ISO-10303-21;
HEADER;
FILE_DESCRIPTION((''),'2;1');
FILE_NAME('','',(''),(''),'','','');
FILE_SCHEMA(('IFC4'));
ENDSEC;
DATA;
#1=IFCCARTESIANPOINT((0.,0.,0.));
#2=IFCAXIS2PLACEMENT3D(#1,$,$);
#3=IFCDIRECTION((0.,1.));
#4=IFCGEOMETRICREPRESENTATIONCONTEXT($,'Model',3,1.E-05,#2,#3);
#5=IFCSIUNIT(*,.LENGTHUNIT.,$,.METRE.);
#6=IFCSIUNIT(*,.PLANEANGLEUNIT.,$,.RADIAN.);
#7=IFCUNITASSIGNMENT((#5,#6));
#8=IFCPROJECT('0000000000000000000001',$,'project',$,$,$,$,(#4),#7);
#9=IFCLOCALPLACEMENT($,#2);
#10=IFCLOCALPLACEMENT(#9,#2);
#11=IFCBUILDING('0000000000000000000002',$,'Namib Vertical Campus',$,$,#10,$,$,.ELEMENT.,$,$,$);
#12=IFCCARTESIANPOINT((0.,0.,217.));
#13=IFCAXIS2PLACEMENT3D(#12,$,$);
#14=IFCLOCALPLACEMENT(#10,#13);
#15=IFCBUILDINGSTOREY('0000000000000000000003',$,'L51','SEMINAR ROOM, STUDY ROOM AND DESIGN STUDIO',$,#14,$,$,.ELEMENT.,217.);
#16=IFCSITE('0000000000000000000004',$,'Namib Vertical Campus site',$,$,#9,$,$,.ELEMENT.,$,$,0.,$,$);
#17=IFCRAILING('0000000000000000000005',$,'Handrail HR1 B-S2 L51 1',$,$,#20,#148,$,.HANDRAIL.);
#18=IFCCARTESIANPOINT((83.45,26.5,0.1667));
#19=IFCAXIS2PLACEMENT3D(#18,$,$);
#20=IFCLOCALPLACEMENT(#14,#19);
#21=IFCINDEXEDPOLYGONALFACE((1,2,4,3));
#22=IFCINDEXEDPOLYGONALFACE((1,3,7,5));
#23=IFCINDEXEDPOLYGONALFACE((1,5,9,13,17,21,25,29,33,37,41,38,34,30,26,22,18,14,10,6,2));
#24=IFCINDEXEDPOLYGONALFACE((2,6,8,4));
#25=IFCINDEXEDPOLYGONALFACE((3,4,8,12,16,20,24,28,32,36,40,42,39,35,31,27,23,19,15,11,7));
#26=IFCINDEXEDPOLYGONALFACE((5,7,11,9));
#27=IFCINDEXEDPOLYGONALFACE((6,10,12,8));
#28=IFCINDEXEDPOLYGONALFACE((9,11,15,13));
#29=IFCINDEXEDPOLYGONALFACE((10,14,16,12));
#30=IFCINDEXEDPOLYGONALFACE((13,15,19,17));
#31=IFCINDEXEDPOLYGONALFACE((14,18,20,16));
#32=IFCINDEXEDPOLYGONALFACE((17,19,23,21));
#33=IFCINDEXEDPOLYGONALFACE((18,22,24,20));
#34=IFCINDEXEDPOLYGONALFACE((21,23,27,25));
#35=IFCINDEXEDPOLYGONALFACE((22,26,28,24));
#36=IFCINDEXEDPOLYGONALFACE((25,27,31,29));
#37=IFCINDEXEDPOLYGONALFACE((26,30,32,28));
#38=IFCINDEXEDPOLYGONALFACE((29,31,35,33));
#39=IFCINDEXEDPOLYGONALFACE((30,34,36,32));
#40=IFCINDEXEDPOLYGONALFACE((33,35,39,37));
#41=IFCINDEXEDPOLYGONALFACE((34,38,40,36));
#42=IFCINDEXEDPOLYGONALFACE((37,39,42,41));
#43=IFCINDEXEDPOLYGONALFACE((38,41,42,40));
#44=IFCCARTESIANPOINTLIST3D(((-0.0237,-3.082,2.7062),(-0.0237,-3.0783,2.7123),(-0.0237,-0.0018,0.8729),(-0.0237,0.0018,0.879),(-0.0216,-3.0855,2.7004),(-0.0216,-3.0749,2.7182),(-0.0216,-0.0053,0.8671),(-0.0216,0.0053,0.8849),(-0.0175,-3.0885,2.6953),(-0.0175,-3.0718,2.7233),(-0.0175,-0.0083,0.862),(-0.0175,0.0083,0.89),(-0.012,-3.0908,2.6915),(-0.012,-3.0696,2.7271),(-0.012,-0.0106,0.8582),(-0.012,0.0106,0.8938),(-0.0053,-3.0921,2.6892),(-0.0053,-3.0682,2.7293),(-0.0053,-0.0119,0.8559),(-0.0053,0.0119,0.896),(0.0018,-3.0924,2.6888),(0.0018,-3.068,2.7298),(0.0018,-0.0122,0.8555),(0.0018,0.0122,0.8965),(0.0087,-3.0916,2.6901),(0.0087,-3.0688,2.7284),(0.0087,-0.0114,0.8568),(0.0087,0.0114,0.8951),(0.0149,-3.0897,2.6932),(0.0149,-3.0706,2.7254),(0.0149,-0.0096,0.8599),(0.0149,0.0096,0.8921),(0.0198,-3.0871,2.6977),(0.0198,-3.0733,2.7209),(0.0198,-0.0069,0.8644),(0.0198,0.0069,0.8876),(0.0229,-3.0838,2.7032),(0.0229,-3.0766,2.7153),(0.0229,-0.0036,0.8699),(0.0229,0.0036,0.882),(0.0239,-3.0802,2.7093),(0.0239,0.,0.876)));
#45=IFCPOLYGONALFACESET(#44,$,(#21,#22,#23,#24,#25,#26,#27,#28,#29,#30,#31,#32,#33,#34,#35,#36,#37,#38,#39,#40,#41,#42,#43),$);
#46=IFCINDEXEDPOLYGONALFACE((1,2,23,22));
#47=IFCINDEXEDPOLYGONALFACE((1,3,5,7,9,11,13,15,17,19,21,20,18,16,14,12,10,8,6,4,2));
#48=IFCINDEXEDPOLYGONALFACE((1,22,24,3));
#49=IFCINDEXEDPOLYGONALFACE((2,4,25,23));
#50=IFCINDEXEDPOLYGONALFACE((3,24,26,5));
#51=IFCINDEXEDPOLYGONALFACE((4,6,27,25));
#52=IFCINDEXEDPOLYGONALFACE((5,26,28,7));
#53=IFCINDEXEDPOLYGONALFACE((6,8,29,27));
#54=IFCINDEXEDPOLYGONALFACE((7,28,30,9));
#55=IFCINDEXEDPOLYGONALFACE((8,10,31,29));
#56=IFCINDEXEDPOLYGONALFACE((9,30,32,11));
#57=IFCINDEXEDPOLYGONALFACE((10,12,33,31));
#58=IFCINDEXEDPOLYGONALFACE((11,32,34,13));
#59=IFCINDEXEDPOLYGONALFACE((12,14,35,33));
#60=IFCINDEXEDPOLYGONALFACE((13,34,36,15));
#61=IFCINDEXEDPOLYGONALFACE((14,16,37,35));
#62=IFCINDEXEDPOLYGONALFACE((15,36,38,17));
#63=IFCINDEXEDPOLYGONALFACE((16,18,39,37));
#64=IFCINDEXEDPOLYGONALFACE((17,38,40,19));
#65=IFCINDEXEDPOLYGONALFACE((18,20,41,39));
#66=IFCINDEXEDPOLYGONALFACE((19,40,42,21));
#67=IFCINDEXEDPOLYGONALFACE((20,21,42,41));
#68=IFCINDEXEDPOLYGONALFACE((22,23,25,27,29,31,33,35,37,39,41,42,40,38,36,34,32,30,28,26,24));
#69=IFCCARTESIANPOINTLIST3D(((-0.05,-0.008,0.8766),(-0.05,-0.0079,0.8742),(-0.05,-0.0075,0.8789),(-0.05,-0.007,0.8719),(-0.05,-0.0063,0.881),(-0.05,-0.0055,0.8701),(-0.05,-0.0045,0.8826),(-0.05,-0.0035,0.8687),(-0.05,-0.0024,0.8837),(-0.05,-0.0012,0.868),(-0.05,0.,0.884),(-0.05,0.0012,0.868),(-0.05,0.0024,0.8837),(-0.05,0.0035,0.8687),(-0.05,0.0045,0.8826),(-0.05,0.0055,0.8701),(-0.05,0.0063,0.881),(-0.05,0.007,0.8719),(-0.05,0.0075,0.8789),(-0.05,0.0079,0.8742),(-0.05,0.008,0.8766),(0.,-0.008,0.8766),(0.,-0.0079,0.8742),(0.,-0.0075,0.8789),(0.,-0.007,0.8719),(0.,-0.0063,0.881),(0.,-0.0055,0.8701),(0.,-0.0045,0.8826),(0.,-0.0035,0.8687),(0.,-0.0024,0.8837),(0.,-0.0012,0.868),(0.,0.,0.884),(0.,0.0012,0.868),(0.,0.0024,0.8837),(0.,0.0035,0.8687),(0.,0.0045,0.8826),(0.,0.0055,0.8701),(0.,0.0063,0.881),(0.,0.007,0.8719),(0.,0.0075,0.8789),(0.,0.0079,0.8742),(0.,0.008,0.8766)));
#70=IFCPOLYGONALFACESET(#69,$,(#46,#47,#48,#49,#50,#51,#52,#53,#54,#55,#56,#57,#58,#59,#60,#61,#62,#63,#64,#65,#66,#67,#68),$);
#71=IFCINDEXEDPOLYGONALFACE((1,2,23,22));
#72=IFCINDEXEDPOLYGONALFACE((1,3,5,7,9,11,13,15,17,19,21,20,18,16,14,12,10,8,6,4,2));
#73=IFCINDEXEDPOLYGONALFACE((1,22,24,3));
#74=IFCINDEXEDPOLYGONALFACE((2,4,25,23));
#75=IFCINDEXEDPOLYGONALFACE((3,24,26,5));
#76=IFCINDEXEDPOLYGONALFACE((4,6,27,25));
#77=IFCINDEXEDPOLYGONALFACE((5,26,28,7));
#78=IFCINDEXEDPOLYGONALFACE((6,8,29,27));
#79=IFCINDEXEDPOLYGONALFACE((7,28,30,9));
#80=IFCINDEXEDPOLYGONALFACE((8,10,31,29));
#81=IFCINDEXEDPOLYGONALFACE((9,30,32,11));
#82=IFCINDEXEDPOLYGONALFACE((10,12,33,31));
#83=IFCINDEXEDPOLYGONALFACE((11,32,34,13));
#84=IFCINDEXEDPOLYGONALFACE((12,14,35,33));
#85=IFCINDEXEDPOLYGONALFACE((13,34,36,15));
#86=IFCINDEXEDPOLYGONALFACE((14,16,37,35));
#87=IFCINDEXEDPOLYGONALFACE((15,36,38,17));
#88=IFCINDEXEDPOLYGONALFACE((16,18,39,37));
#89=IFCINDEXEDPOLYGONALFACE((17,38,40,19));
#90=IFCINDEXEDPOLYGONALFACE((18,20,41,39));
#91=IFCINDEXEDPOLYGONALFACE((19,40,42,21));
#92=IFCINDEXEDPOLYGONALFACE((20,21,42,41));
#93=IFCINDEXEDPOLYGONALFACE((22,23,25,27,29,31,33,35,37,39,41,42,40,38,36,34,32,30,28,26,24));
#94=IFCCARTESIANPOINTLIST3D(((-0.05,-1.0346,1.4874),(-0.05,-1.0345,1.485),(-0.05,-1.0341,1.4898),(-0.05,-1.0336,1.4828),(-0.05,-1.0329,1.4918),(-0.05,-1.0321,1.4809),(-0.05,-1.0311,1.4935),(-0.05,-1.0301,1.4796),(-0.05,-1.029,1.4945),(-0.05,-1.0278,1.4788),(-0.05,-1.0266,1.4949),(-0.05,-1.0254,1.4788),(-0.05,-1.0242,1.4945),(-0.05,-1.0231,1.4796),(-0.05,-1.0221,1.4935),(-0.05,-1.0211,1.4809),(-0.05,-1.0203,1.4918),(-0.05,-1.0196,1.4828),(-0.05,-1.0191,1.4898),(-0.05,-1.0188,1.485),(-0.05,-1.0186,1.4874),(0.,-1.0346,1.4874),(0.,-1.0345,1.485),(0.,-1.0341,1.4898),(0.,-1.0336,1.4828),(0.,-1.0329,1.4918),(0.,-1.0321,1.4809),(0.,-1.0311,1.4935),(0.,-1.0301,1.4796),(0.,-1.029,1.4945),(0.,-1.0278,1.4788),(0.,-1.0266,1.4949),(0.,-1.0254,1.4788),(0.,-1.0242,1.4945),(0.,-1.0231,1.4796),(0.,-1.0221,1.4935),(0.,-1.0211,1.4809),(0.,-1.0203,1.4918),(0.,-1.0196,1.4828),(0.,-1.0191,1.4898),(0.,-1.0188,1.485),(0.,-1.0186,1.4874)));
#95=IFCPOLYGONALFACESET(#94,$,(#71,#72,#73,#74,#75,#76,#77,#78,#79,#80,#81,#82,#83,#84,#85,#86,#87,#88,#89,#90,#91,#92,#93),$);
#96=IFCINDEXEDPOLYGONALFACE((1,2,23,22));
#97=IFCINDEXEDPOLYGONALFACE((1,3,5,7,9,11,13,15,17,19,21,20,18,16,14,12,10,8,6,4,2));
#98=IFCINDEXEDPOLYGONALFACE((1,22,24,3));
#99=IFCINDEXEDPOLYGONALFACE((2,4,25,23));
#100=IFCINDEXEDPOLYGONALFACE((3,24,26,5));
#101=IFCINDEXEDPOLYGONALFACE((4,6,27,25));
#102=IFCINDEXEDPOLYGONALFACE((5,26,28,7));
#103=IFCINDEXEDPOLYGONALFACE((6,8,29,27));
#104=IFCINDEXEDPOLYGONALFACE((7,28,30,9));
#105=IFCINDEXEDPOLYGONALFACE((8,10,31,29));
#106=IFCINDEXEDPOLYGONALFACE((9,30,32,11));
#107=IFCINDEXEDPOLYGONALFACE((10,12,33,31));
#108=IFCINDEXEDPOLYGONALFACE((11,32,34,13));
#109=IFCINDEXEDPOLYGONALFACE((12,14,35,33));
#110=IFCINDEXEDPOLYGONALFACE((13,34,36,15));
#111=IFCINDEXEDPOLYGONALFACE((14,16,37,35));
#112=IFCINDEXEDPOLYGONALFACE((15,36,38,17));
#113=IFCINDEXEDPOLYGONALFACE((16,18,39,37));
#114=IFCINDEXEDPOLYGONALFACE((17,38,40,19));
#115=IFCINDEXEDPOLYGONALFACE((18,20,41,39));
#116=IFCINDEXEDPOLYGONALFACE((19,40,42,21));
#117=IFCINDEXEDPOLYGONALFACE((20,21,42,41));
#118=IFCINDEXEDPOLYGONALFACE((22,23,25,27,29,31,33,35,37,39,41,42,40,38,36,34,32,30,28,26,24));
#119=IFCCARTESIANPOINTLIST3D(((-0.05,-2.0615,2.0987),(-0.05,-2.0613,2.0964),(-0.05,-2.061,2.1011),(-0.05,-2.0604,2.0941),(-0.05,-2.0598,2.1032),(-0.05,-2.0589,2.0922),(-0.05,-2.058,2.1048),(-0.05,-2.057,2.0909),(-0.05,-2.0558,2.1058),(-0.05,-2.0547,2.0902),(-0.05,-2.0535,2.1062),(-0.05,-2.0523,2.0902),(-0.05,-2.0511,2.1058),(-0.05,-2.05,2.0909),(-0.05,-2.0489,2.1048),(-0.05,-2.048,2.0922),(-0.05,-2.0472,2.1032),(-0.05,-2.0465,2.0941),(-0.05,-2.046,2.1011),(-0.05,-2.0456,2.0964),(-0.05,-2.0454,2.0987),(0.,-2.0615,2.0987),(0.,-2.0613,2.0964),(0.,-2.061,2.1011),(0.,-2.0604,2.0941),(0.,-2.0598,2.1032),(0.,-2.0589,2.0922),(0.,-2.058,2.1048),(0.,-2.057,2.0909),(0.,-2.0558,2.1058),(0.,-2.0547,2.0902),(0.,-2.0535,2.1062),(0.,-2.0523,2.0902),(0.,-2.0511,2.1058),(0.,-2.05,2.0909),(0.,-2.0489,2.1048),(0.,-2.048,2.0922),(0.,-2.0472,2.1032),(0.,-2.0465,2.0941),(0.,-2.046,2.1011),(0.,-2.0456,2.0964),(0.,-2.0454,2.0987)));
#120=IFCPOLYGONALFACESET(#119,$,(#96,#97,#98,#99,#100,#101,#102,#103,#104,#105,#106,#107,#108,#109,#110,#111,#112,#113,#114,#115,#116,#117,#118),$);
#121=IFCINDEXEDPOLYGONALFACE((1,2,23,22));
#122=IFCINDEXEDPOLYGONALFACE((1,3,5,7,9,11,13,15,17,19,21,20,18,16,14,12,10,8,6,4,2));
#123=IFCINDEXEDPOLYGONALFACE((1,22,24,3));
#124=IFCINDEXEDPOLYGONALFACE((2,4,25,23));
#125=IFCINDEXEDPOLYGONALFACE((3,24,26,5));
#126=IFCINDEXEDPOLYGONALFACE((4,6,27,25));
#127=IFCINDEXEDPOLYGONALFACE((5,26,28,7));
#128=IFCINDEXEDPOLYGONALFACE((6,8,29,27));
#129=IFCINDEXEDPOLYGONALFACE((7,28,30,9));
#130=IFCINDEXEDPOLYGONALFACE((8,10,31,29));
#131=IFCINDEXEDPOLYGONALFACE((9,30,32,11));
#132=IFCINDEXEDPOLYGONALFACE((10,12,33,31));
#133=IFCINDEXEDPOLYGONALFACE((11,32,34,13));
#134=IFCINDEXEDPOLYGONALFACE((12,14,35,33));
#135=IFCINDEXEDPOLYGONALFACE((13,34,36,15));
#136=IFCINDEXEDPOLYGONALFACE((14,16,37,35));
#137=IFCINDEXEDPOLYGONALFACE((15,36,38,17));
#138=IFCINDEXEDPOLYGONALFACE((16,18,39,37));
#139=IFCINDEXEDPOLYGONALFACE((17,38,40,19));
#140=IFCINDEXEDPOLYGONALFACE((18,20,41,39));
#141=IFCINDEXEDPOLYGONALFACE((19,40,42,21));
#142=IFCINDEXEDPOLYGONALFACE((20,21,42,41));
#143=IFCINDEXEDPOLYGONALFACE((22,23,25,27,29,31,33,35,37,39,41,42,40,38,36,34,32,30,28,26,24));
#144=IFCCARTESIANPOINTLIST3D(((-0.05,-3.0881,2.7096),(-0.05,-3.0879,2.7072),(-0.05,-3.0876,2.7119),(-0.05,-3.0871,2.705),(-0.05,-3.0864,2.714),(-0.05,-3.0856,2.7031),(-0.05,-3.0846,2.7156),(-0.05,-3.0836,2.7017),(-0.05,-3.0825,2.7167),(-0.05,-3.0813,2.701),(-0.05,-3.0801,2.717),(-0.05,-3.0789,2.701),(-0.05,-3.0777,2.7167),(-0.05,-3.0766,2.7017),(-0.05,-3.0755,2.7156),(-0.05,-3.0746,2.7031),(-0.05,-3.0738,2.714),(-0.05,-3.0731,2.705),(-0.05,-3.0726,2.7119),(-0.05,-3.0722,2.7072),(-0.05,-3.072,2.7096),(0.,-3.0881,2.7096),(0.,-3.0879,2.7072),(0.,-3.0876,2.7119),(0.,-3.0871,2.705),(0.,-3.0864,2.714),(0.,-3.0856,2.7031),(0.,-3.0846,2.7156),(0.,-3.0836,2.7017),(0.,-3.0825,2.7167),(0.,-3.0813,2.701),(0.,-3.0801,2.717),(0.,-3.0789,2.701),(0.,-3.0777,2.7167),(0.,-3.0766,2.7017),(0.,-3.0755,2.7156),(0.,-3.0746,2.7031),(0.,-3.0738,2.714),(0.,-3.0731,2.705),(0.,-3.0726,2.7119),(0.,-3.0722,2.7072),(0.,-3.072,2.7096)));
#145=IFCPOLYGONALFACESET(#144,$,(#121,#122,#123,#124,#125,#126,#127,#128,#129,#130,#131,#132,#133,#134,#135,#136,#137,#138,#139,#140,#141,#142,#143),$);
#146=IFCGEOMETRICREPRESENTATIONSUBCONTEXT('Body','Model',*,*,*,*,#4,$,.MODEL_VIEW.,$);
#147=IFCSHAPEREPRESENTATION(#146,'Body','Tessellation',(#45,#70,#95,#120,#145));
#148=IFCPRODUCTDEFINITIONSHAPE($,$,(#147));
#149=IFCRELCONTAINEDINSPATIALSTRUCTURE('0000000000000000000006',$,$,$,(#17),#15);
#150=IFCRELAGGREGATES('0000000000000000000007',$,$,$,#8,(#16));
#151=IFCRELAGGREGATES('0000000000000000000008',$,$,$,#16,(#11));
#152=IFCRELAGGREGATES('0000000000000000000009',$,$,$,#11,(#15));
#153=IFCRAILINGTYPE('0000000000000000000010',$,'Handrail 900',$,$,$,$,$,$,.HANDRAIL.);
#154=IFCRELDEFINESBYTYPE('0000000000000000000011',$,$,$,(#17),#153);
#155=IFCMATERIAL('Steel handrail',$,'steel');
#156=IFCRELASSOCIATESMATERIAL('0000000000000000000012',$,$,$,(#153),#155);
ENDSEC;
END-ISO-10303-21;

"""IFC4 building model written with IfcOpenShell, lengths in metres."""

from ifc_helpers import new_model, si_unit, direction, frame, origin, origin_2d, place, context, subcontext, project, spatial, circle, extrude, material, type_object, element, save


model = new_model("IFC4")

# Units and contexts
model_context = context("Model", 3, precision=1e-05, world=origin(), true_north=direction((0.0, 1.0)))
body_context = subcontext(model_context, "Body", "Model", "MODEL_VIEW")
ifc_project = project(units=[si_unit("LENGTHUNIT", "METRE"), si_unit("PLANEANGLEUNIT", "RADIAN")], contexts=[model_context])

# Site, building, storey
site_placement = place(None, origin())
site = spatial("IfcSite", under=ifc_project, at=site_placement, Name="Namib Vertical Campus site", CompositionType="ELEMENT", RefElevation=0.0)
building_placement = place(site_placement, origin())
building = spatial("IfcBuilding", under=site, at=building_placement, Name="Namib Vertical Campus", CompositionType="ELEMENT")
storey_placement = place(building_placement, frame((0.0, 0.0, 217.0)))
storey = spatial("IfcBuildingStorey", under=building, at=storey_placement, Name="L51", Description="SEMINAR ROOM, STUDY ROOM AND DESIGN STUDIO", CompositionType="ELEMENT", Elevation=217.0)

# Railing
ifc_material_1 = material(Name="Steel handrail", Category="steel")
railing_type_1 = type_object("IfcRailingType", Name="Handrail 900", PredefinedType="HANDRAIL", material=ifc_material_1)
railing_1_placement = place(storey_placement, frame((83.45, 26.5, 0.1667)))
element("IfcRailing", 1, at=railing_1_placement, inside=storey, type_object=railing_type_1, Name="Handrail HR1 B-S2 L51 1", PredefinedType="HANDRAIL", context=body_context, shape_type="SweptSolid", body=[
    extrude(circle(Radius=0.0239, at=origin_2d()), frame((0.0, 0.0, 0.876), z_axis=(0.0, -0.859309, 0.511458), x_axis=(1.0, 0.0, 0.0)), (0.0, 0.0, 1.0), 3.5845),
    extrude(circle(Radius=0.0081, at=origin_2d()), frame((0.0, 0.0, 0.876), z_axis=(-1.0, 0.0, 0.0), x_axis=(0.0, 0.0, 1.0)), (0.0, 0.0, 1.0), 0.05),
    extrude(circle(Radius=0.0081, at=origin_2d()), frame((0.0, -1.0266, 1.4868), z_axis=(-1.0, 0.0, 0.0), x_axis=(0.0, 0.0, 1.0)), (0.0, 0.0, 1.0), 0.05),
    extrude(circle(Radius=0.0081, at=origin_2d()), frame((0.0, -2.0535, 2.0981), z_axis=(-1.0, 0.0, 0.0), x_axis=(0.0, 0.0, 1.0)), (0.0, 0.0, 1.0), 0.05),
    extrude(circle(Radius=0.0081, at=origin_2d()), frame((0.0, -3.0801, 2.709), z_axis=(-1.0, 0.0, 0.0), x_axis=(0.0, 0.0, 1.0)), (0.0, 0.0, 1.0), 0.05),
])

save(model, "model.ifc")
